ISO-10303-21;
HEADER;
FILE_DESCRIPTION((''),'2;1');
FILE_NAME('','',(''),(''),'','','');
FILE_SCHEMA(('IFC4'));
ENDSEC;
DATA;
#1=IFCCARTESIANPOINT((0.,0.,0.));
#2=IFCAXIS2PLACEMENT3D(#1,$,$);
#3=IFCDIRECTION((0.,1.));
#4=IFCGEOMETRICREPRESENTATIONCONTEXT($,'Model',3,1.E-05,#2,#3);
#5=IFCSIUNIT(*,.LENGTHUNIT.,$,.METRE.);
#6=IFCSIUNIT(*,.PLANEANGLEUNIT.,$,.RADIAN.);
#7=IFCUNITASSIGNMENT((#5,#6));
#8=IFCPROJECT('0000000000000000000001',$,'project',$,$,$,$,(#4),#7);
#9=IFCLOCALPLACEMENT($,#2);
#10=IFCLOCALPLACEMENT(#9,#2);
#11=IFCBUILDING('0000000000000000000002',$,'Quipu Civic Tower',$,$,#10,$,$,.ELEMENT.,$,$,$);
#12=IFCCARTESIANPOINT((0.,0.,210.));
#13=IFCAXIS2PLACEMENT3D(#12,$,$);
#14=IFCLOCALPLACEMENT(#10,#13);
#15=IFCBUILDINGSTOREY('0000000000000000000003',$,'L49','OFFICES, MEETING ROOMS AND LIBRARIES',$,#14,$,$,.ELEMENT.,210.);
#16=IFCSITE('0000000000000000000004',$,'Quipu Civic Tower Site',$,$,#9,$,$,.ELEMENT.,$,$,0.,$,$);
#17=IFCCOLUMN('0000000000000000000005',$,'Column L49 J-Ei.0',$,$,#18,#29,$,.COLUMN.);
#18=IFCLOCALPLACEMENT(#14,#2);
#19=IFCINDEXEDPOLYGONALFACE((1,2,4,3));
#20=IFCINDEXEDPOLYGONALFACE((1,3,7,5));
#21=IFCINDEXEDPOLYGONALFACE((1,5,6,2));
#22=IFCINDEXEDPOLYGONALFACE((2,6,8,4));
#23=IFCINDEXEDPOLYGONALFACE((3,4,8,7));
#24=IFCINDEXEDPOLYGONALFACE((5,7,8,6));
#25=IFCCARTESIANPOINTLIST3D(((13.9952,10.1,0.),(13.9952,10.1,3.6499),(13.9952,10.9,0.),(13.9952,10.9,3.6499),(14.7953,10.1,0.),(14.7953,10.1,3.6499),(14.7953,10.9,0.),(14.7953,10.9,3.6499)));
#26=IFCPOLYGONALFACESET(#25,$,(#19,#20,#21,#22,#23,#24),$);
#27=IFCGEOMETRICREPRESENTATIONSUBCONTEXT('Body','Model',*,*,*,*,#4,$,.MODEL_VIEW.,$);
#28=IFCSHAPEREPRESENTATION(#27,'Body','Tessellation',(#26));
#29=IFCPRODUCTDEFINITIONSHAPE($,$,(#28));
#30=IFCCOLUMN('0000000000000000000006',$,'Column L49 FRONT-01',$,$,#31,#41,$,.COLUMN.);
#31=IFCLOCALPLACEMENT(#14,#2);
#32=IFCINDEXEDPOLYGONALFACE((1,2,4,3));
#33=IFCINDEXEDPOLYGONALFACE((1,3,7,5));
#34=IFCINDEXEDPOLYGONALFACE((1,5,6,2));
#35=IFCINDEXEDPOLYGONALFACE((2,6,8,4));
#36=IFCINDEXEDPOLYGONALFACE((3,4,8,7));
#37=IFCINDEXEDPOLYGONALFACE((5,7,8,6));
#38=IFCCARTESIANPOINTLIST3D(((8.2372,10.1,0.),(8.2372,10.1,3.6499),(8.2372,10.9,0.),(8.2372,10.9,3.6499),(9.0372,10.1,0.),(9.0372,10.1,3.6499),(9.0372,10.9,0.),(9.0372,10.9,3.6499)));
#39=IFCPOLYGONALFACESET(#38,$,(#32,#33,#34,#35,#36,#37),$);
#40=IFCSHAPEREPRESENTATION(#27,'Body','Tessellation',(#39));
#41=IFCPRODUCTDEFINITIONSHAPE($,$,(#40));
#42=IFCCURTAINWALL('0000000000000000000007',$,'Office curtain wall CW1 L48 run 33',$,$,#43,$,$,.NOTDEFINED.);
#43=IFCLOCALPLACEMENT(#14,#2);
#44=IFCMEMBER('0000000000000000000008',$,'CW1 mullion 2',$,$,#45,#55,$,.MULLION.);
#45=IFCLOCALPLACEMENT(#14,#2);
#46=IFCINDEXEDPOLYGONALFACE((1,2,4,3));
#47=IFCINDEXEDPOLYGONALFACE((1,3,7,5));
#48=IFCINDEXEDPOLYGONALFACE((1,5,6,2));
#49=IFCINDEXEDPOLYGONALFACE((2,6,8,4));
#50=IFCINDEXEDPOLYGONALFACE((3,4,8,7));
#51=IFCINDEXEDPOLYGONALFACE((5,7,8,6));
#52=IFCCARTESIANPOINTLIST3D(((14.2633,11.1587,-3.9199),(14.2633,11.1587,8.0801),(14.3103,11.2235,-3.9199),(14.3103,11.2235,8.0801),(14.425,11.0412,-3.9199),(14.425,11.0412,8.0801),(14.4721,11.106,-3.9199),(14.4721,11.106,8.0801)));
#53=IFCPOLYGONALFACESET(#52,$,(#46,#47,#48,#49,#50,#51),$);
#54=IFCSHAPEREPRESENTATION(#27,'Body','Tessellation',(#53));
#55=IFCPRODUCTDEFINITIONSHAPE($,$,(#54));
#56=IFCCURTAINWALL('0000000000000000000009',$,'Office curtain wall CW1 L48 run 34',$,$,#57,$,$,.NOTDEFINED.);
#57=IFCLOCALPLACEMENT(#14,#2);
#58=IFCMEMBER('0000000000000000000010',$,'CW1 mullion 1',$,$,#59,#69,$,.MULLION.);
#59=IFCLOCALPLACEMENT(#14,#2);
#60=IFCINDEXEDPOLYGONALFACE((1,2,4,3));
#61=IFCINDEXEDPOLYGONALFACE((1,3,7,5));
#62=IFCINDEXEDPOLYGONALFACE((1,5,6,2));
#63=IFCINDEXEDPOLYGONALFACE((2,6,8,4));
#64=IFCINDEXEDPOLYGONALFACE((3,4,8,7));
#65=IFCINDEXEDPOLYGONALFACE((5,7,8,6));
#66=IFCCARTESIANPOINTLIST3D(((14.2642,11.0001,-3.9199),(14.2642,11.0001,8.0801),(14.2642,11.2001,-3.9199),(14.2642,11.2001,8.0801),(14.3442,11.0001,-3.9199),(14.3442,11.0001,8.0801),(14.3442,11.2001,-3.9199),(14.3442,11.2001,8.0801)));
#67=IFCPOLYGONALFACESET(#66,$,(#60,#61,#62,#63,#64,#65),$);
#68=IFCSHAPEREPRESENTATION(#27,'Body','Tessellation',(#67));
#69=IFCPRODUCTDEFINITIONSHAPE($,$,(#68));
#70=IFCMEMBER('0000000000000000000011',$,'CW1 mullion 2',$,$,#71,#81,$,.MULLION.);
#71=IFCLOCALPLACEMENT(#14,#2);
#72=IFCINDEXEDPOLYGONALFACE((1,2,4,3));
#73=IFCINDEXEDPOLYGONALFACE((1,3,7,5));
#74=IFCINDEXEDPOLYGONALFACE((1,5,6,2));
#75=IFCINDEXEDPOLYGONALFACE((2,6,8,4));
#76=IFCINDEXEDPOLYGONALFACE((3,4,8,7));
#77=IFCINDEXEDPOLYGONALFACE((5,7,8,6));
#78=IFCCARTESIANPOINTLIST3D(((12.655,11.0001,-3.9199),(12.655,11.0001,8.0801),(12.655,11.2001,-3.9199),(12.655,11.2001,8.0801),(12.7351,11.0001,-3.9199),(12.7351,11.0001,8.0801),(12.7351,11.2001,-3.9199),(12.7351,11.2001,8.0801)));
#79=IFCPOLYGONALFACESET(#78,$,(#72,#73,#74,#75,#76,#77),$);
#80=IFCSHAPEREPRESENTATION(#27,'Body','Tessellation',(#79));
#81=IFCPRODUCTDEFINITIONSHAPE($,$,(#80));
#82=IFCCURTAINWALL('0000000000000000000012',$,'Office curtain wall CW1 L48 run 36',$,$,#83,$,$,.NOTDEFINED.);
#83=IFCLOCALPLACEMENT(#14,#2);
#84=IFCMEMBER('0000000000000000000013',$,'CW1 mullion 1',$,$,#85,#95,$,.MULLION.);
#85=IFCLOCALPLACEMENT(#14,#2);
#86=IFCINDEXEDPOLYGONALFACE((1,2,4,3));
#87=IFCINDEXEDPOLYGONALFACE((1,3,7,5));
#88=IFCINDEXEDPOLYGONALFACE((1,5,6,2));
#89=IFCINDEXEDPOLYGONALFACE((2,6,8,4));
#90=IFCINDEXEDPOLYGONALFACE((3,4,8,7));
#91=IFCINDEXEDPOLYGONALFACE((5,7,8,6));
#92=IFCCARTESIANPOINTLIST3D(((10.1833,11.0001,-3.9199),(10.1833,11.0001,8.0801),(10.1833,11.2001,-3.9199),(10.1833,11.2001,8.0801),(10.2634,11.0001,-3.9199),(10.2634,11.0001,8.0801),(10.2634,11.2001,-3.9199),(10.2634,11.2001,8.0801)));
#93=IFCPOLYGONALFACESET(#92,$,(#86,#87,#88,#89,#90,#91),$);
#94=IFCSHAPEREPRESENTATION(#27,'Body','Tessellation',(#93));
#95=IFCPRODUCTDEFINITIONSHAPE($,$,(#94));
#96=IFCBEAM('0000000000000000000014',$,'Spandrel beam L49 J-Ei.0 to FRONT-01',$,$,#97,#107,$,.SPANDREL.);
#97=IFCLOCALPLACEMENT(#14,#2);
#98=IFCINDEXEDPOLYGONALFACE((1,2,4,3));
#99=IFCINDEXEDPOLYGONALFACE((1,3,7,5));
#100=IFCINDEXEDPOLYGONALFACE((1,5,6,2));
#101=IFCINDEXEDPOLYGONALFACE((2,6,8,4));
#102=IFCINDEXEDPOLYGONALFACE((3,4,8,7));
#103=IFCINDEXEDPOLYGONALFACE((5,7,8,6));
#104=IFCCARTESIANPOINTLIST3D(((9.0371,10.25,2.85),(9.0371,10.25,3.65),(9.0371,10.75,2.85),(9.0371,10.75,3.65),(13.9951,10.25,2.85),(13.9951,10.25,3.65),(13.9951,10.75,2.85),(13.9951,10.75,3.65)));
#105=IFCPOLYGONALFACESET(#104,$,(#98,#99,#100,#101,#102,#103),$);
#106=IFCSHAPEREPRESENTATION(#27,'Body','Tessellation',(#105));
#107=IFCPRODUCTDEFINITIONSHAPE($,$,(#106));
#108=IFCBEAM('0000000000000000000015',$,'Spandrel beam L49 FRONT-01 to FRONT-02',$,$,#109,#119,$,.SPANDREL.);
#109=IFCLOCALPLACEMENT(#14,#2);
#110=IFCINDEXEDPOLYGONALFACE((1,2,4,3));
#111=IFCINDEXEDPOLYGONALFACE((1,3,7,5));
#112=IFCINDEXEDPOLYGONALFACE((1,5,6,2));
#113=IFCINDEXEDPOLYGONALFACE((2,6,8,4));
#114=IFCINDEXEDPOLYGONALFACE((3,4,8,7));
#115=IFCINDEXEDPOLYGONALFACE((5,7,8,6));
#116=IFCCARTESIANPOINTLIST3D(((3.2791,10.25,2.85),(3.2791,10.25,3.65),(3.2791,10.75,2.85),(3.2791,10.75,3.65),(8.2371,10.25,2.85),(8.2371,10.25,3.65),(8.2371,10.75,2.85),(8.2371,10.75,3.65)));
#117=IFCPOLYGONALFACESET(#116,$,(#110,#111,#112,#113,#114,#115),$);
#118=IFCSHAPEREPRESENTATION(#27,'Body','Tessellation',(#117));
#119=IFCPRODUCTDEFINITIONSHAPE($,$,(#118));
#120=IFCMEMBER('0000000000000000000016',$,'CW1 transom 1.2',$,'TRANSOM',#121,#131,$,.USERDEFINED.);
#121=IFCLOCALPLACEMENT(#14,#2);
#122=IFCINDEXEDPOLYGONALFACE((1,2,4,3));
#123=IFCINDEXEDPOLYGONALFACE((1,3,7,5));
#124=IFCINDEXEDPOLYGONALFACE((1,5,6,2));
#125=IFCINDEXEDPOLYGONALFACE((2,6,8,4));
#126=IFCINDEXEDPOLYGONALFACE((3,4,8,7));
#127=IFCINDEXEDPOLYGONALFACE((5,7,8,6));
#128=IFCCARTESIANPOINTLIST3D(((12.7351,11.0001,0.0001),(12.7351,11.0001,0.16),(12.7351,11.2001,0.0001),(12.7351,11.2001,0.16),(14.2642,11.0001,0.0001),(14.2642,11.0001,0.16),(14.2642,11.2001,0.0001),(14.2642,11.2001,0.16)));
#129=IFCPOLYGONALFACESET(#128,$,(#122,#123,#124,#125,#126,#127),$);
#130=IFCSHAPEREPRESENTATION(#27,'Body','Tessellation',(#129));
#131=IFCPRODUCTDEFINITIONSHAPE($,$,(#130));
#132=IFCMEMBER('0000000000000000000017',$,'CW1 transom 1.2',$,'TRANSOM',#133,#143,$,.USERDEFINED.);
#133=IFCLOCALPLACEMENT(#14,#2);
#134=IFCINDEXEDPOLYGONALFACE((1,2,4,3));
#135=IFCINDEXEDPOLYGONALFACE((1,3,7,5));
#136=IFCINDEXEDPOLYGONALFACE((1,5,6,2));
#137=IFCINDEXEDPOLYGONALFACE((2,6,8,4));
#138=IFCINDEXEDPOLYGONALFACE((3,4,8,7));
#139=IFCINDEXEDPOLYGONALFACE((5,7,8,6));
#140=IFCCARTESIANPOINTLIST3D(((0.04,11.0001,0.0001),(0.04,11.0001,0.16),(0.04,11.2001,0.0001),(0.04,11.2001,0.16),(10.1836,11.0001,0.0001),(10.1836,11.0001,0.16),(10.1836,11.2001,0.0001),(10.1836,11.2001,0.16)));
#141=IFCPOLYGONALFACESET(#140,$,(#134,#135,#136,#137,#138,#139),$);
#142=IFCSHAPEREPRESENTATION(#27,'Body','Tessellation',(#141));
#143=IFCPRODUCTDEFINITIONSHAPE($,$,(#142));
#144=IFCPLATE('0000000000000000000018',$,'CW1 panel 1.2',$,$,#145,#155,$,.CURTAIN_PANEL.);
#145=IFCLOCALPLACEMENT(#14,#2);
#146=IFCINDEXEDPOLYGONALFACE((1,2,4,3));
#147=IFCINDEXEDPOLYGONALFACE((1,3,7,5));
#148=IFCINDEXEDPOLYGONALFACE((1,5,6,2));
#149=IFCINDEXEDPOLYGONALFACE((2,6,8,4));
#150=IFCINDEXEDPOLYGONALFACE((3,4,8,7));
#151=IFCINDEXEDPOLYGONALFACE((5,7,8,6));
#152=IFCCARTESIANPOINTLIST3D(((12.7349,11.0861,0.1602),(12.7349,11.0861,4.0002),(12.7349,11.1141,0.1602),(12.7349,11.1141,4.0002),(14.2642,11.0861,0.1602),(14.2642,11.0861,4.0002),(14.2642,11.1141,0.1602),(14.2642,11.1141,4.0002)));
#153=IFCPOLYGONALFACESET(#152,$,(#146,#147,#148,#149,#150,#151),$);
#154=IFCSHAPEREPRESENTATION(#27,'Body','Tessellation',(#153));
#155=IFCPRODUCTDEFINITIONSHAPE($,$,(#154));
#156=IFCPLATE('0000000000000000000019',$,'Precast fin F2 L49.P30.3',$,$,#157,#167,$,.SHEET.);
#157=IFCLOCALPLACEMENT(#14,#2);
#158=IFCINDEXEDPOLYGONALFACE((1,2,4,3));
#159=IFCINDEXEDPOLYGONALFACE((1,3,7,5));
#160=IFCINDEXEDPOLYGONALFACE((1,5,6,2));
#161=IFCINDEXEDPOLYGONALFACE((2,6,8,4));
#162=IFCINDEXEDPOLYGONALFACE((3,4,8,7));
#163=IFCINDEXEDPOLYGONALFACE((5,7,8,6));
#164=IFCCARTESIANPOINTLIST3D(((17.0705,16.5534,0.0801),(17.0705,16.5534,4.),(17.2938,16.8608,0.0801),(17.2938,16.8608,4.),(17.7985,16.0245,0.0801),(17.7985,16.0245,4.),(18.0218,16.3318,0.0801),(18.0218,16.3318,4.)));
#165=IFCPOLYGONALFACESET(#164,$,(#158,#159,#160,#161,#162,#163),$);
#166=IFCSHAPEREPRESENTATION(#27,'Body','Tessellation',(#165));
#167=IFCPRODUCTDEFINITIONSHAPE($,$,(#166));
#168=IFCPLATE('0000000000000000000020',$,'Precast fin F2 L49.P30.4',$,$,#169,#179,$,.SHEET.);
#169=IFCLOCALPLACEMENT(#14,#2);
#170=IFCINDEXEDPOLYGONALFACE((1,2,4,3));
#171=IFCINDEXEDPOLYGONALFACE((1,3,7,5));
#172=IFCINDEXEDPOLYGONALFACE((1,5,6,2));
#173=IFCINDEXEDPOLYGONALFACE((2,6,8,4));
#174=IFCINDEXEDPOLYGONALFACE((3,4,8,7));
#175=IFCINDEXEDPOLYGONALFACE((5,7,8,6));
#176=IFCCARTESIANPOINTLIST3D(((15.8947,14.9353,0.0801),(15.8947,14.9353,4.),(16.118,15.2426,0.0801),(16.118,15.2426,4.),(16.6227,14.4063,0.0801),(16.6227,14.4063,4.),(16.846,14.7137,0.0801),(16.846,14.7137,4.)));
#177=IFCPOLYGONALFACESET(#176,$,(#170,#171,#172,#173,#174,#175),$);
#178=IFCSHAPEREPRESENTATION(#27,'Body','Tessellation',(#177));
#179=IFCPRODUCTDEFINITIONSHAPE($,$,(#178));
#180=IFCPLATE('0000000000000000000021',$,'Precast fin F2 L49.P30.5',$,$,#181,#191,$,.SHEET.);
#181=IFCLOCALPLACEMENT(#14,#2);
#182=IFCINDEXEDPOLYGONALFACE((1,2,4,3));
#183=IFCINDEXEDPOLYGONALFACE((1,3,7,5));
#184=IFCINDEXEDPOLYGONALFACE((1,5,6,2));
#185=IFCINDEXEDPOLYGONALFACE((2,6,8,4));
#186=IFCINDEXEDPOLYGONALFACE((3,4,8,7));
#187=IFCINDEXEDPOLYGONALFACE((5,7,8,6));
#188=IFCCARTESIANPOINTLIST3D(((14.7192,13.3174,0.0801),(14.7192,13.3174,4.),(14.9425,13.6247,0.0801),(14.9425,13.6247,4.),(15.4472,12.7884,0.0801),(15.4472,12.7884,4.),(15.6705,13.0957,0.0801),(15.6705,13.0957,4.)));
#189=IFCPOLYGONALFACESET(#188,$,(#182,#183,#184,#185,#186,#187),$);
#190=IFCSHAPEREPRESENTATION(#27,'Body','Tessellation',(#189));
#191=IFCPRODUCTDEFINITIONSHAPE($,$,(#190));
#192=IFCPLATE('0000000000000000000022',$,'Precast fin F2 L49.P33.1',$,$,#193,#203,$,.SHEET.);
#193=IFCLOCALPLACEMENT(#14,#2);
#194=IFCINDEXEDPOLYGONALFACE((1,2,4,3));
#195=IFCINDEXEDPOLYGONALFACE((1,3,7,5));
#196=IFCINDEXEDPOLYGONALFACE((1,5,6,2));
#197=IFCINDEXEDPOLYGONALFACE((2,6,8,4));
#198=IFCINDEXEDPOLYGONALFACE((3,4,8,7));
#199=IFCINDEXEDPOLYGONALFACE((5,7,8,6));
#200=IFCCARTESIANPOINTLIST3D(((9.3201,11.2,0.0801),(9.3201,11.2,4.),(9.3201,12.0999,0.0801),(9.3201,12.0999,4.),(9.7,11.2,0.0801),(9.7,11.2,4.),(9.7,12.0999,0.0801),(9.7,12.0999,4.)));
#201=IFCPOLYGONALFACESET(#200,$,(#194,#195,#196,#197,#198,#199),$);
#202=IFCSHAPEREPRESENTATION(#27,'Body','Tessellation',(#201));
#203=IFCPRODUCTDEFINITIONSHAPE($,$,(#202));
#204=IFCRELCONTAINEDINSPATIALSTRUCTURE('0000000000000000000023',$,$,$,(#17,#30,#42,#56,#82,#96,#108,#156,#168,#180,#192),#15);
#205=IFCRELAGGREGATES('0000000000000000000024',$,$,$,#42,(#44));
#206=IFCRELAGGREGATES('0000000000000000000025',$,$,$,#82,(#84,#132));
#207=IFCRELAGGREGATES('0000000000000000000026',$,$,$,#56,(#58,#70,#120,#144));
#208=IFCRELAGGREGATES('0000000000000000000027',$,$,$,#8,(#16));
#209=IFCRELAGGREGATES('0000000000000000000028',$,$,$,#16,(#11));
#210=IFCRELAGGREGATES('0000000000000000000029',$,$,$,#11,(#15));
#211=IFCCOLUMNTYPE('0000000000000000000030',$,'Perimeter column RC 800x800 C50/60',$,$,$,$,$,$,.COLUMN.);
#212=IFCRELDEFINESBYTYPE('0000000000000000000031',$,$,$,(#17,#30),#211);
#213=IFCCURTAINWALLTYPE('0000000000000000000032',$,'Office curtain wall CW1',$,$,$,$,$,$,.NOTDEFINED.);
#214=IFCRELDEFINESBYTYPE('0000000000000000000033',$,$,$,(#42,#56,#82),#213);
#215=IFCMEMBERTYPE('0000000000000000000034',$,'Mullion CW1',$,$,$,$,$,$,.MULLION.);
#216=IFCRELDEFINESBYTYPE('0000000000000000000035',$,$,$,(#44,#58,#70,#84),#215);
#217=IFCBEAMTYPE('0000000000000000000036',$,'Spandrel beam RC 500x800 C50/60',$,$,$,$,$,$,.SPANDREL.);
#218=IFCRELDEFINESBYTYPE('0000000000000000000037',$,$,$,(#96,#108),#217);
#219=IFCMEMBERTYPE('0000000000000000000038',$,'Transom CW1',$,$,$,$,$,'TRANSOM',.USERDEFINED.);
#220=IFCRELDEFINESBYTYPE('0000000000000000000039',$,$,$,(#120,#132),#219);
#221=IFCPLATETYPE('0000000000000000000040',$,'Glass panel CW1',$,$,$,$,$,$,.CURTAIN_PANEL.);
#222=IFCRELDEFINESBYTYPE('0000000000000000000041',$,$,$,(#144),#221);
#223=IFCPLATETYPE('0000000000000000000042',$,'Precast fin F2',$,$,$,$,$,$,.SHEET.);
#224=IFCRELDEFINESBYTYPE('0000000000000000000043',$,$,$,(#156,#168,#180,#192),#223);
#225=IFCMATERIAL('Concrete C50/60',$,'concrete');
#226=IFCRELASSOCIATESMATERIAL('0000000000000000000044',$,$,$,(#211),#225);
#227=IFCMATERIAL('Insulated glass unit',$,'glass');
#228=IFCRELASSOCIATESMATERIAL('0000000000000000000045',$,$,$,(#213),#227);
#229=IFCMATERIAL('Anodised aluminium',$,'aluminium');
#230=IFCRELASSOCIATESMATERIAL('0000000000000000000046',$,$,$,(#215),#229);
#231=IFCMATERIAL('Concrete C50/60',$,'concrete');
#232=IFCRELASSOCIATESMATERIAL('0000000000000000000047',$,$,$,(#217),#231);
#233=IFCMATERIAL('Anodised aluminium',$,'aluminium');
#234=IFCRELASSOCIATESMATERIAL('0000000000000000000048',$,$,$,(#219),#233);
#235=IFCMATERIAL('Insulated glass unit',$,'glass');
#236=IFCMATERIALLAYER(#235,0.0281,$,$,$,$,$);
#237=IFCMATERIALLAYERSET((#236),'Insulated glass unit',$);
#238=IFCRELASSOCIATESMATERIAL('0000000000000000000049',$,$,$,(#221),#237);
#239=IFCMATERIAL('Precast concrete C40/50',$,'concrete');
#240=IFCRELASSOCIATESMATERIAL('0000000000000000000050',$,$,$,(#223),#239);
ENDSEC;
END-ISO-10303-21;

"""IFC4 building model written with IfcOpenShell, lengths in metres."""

from ifc_helpers import new_model, si_unit, direction, frame, origin, origin_2d, place, context, subcontext, project, spatial, rectangle, extrude, material, layer, layer_set, material_profile, profile_set, type_object, element, aggregate, save


model = new_model("IFC4")

# Units and contexts
model_context = context("Model", 3, precision=1e-05, world=origin(), true_north=direction((0.0, 1.0)))
body_context = subcontext(model_context, "Body", "Model", "MODEL_VIEW")
ifc_project = project(units=[si_unit("LENGTHUNIT", "METRE"), si_unit("PLANEANGLEUNIT", "RADIAN")], contexts=[model_context])

# Site, building, storey
site_placement = place(None, origin())
site = spatial("IfcSite", under=ifc_project, at=site_placement, Name="Quipu Civic Tower Site", CompositionType="ELEMENT", RefElevation=0.0)
building_placement = place(site_placement, origin())
building = spatial("IfcBuilding", under=site, at=building_placement, Name="Quipu Civic Tower", CompositionType="ELEMENT")
storey_placement = place(building_placement, frame((0.0, 0.0, 210.0)))
storey = spatial("IfcBuildingStorey", under=building, at=storey_placement, Name="L49", Description="OFFICES, MEETING ROOMS AND LIBRARIES", CompositionType="ELEMENT", Elevation=210.0)

# Columns
ifc_material_1 = material(Name="Concrete C50/60", Category="concrete")
ifc_material_profile_1 = material_profile(ifc_material_1, rectangle(XDim=0.8, YDim=0.8, at=origin_2d()), Name="RC800x800")
ifc_profile_set_1 = profile_set([ifc_material_profile_1], Name="Concrete C50/60")
column_type = type_object("IfcColumnType", Name="Perimeter column RC 800x800 C50/60", PredefinedType="COLUMN", material=ifc_profile_set_1)
for number, where, z_axis, x_axis, name in (
    (1, (14.3953, 10.5, 0.0), (0.0, 0.0, 1.0), (-1.0, 0.0, 0.0), "Column L49 J-Ei.0"),
    (2, (8.6372, 10.5, 0.0), (0.0, 0.0, 1.0), (-1.0, 0.0, 0.0), "Column L49 FRONT-01"),
):
    element("IfcColumn", number, at=place(storey_placement, frame(where, z_axis=z_axis, x_axis=x_axis)), inside=storey, type_object=column_type, Name=name, PredefinedType="COLUMN", context=body_context, shape_type="SweptSolid", body=[
        extrude(rectangle(XDim=0.8, YDim=0.8, at=origin_2d()), origin(), (0.0, 0.0, 1.0), 3.6499),
    ])

# Curtain wall, member
ifc_material_2 = material(Name="Insulated glass unit", Category="glass")
curtain_wall_type = type_object("IfcCurtainWallType", Name="Office curtain wall CW1", PredefinedType="NOTDEFINED", material=ifc_material_2)
curtain_wall_1_placement = place(storey_placement, origin())
curtain_wall_1 = element("IfcCurtainWall", 3, at=curtain_wall_1_placement, inside=storey, type_object=curtain_wall_type, Name="Office curtain wall CW1 L48 run 33", PredefinedType="NOTDEFINED")
ifc_material_3 = material(Name="Anodised aluminium", Category="aluminium")
ifc_material_profile_2 = material_profile(ifc_material_3, rectangle(XDim=0.2, YDim=0.0801, at=origin_2d()), Name="RECT 200x80")
ifc_profile_set_2 = profile_set([ifc_material_profile_2], Name="Anodised aluminium")
member_type_1 = type_object("IfcMemberType", Name="Mullion CW1", PredefinedType="MULLION", material=ifc_profile_set_2)
member_1_placement = place(storey_placement, frame((14.3677, 11.1323, -3.9199), z_axis=(0.0, 0.0, 1.0), x_axis=(0.809015, -0.587788, 0.0)))
member_1 = element("IfcMember", 4, at=member_1_placement, type_object=member_type_1, Name="CW1 mullion 2", PredefinedType="MULLION", context=body_context, shape_type="SweptSolid", body=[
    extrude(rectangle(XDim=0.2, YDim=0.0801, at=origin_2d()), origin(), (0.0, 0.0, 1.0), 12.0),
])
aggregate(curtain_wall_1, [member_1])

# Curtain wall, members
curtain_wall_2_placement = place(storey_placement, origin())
curtain_wall_2 = element("IfcCurtainWall", 5, at=curtain_wall_2_placement, inside=storey, type_object=curtain_wall_type, Name="Office curtain wall CW1 L48 run 34", PredefinedType="NOTDEFINED")
member_2_placement = place(storey_placement, frame((14.3042, 11.1001, -3.9199), z_axis=(0.0, 0.0, 1.0), x_axis=(0.0, -1.0, 0.0)))
member_2 = element("IfcMember", 6, at=member_2_placement, type_object=member_type_1, Name="CW1 mullion 1", PredefinedType="MULLION", context=body_context, shape_type="SweptSolid", body=[
    extrude(rectangle(XDim=0.2, YDim=0.0801, at=origin_2d()), origin(), (0.0, 0.0, 1.0), 12.0),
])
member_3_placement = place(storey_placement, frame((12.6951, 11.1001, -3.9199), z_axis=(0.0, 0.0, 1.0), x_axis=(0.0, -1.0, 0.0)))
member_3 = element("IfcMember", 7, at=member_3_placement, type_object=member_type_1, Name="CW1 mullion 2", PredefinedType="MULLION", context=body_context, shape_type="SweptSolid", body=[
    extrude(rectangle(XDim=0.2, YDim=0.0801, at=origin_2d()), origin(), (0.0, 0.0, 1.0), 12.0),
])

# Curtain wall, member
curtain_wall_3_placement = place(storey_placement, origin())
curtain_wall_3 = element("IfcCurtainWall", 8, at=curtain_wall_3_placement, inside=storey, type_object=curtain_wall_type, Name="Office curtain wall CW1 L48 run 36", PredefinedType="NOTDEFINED")
member_4_placement = place(storey_placement, frame((10.2234, 11.1001, -3.9199), z_axis=(0.0, 0.0, 1.0), x_axis=(0.0, -1.0, 0.0)))
member_4 = element("IfcMember", 9, at=member_4_placement, type_object=member_type_1, Name="CW1 mullion 1", PredefinedType="MULLION", context=body_context, shape_type="SweptSolid", body=[
    extrude(rectangle(XDim=0.2, YDim=0.0801, at=origin_2d()), origin(), (0.0, 0.0, 1.0), 12.0),
])

# Beams
ifc_material_4 = material(Name="Concrete C50/60", Category="concrete")
ifc_material_profile_3 = material_profile(ifc_material_4, rectangle(XDim=0.5, YDim=0.8, at=origin_2d()), Name="RC500x800")
ifc_profile_set_3 = profile_set([ifc_material_profile_3], Name="Concrete C50/60")
beam_type = type_object("IfcBeamType", Name="Spandrel beam RC 500x800 C50/60", PredefinedType="SPANDREL", material=ifc_profile_set_3)
for number, where, z_axis, x_axis, name in (
    (10, (13.9951, 10.5, 3.25), (-1.0, 0.0, 0.0), (0.0, -1.0, 0.0), "Spandrel beam L49 J-Ei.0 to FRONT-01"),
    (11, (8.2371, 10.5, 3.25), (-1.0, 0.0, 0.0), (0.0, -1.0, 0.0), "Spandrel beam L49 FRONT-01 to FRONT-02"),
):
    element("IfcBeam", number, at=place(storey_placement, frame(where, z_axis=z_axis, x_axis=x_axis)), inside=storey, type_object=beam_type, Name=name, PredefinedType="SPANDREL", context=body_context, shape_type="SweptSolid", body=[
        extrude(rectangle(XDim=0.5, YDim=0.8, at=origin_2d()), origin(), (0.0, 0.0, 1.0), 4.958),
    ])

# Members
ifc_material_5 = material(Name="Anodised aluminium", Category="aluminium")
ifc_material_profile_4 = material_profile(ifc_material_5, rectangle(XDim=0.2, YDim=0.1599, at=origin_2d()), Name="RECT 200x160")
ifc_profile_set_4 = profile_set([ifc_material_profile_4], Name="Anodised aluminium")
member_type_2 = type_object("IfcMemberType", Name="Transom CW1", ElementType="TRANSOM", PredefinedType="USERDEFINED", material=ifc_profile_set_4)
member_5_placement = place(storey_placement, frame((14.2642, 11.1001, 0.0801), z_axis=(-1.0, 0.0, 0.0), x_axis=(0.0, -1.0, 0.0)))
member_5 = element("IfcMember", 12, at=member_5_placement, type_object=member_type_2, Name="CW1 transom 1.2", ObjectType="TRANSOM", PredefinedType="USERDEFINED", context=body_context, shape_type="SweptSolid", body=[
    extrude(rectangle(XDim=0.2, YDim=0.1599, at=origin_2d()), origin(), (0.0, 0.0, 1.0), 1.5291),
])
member_6_placement = place(storey_placement, frame((10.1836, 11.1001, 0.0801), z_axis=(-1.0, 0.0, 0.0), x_axis=(0.0, -1.0, 0.0)))
member_6 = element("IfcMember", 13, at=member_6_placement, type_object=member_type_2, Name="CW1 transom 1.2", ObjectType="TRANSOM", PredefinedType="USERDEFINED", context=body_context, shape_type="SweptSolid", body=[
    extrude(rectangle(XDim=0.2, YDim=0.1599, at=origin_2d()), origin(), (0.0, 0.0, 1.0), 10.1436),
])
aggregate(curtain_wall_3, [member_4, member_6])

# Plate
ifc_material_6 = material(Name="Insulated glass unit", Category="glass")
ifc_layer_1 = layer(ifc_material_6, 0.0281)
ifc_layer_set_1 = layer_set([ifc_layer_1], Name="Insulated glass unit")
plate_type_1 = type_object("IfcPlateType", Name="Glass panel CW1", PredefinedType="CURTAIN_PANEL", material=ifc_layer_set_1)
plate_placement = place(storey_placement, frame((13.4995, 11.1001, 0.1602), z_axis=(0.0, 0.0, 1.0), x_axis=(-1.0, 0.0, 0.0)))
plate = element("IfcPlate", 14, at=plate_placement, type_object=plate_type_1, Name="CW1 panel 1.2", PredefinedType="CURTAIN_PANEL", context=body_context, shape_type="SweptSolid", body=[
    extrude(rectangle(XDim=1.5293, YDim=0.0281, at=origin_2d()), origin(), (0.0, 0.0, 1.0), 3.8401),
])
aggregate(curtain_wall_2, [member_2, member_3, member_5, plate])

# Plates
ifc_material_7 = material(Name="Precast concrete C40/50", Category="concrete")
plate_type_2 = type_object("IfcPlateType", Name="Precast fin F2", PredefinedType="SHEET", material=ifc_material_7)
for number, where, z_axis, x_axis, name in (
    (15, (17.5461, 16.4426, 0.0801), (0.0, 0.0, 1.0), (-0.587784, -0.809018, 0.0), "Precast fin F2 L49.P30.3"),
    (16, (16.3704, 14.8245, 0.0801), (0.0, 0.0, 1.0), (-0.587784, -0.809018, 0.0), "Precast fin F2 L49.P30.4"),
    (17, (15.1948, 13.2065, 0.0801), (0.0, 0.0, 1.0), (-0.587784, -0.809018, 0.0), "Precast fin F2 L49.P30.5"),
    (18, (9.51, 11.6499, 0.0801), (0.0, 0.0, 1.0), (-1.0, 0.0, 0.0), "Precast fin F2 L49.P33.1"),
):
    element("IfcPlate", number, at=place(storey_placement, frame(where, z_axis=z_axis, x_axis=x_axis)), inside=storey, type_object=plate_type_2, Name=name, PredefinedType="SHEET", context=body_context, shape_type="SweptSolid", body=[
        extrude(rectangle(XDim=0.3799, YDim=0.8999, at=origin_2d()), origin(), (0.0, 0.0, 1.0), 3.9199),
    ])

save(model, "model.ifc")
